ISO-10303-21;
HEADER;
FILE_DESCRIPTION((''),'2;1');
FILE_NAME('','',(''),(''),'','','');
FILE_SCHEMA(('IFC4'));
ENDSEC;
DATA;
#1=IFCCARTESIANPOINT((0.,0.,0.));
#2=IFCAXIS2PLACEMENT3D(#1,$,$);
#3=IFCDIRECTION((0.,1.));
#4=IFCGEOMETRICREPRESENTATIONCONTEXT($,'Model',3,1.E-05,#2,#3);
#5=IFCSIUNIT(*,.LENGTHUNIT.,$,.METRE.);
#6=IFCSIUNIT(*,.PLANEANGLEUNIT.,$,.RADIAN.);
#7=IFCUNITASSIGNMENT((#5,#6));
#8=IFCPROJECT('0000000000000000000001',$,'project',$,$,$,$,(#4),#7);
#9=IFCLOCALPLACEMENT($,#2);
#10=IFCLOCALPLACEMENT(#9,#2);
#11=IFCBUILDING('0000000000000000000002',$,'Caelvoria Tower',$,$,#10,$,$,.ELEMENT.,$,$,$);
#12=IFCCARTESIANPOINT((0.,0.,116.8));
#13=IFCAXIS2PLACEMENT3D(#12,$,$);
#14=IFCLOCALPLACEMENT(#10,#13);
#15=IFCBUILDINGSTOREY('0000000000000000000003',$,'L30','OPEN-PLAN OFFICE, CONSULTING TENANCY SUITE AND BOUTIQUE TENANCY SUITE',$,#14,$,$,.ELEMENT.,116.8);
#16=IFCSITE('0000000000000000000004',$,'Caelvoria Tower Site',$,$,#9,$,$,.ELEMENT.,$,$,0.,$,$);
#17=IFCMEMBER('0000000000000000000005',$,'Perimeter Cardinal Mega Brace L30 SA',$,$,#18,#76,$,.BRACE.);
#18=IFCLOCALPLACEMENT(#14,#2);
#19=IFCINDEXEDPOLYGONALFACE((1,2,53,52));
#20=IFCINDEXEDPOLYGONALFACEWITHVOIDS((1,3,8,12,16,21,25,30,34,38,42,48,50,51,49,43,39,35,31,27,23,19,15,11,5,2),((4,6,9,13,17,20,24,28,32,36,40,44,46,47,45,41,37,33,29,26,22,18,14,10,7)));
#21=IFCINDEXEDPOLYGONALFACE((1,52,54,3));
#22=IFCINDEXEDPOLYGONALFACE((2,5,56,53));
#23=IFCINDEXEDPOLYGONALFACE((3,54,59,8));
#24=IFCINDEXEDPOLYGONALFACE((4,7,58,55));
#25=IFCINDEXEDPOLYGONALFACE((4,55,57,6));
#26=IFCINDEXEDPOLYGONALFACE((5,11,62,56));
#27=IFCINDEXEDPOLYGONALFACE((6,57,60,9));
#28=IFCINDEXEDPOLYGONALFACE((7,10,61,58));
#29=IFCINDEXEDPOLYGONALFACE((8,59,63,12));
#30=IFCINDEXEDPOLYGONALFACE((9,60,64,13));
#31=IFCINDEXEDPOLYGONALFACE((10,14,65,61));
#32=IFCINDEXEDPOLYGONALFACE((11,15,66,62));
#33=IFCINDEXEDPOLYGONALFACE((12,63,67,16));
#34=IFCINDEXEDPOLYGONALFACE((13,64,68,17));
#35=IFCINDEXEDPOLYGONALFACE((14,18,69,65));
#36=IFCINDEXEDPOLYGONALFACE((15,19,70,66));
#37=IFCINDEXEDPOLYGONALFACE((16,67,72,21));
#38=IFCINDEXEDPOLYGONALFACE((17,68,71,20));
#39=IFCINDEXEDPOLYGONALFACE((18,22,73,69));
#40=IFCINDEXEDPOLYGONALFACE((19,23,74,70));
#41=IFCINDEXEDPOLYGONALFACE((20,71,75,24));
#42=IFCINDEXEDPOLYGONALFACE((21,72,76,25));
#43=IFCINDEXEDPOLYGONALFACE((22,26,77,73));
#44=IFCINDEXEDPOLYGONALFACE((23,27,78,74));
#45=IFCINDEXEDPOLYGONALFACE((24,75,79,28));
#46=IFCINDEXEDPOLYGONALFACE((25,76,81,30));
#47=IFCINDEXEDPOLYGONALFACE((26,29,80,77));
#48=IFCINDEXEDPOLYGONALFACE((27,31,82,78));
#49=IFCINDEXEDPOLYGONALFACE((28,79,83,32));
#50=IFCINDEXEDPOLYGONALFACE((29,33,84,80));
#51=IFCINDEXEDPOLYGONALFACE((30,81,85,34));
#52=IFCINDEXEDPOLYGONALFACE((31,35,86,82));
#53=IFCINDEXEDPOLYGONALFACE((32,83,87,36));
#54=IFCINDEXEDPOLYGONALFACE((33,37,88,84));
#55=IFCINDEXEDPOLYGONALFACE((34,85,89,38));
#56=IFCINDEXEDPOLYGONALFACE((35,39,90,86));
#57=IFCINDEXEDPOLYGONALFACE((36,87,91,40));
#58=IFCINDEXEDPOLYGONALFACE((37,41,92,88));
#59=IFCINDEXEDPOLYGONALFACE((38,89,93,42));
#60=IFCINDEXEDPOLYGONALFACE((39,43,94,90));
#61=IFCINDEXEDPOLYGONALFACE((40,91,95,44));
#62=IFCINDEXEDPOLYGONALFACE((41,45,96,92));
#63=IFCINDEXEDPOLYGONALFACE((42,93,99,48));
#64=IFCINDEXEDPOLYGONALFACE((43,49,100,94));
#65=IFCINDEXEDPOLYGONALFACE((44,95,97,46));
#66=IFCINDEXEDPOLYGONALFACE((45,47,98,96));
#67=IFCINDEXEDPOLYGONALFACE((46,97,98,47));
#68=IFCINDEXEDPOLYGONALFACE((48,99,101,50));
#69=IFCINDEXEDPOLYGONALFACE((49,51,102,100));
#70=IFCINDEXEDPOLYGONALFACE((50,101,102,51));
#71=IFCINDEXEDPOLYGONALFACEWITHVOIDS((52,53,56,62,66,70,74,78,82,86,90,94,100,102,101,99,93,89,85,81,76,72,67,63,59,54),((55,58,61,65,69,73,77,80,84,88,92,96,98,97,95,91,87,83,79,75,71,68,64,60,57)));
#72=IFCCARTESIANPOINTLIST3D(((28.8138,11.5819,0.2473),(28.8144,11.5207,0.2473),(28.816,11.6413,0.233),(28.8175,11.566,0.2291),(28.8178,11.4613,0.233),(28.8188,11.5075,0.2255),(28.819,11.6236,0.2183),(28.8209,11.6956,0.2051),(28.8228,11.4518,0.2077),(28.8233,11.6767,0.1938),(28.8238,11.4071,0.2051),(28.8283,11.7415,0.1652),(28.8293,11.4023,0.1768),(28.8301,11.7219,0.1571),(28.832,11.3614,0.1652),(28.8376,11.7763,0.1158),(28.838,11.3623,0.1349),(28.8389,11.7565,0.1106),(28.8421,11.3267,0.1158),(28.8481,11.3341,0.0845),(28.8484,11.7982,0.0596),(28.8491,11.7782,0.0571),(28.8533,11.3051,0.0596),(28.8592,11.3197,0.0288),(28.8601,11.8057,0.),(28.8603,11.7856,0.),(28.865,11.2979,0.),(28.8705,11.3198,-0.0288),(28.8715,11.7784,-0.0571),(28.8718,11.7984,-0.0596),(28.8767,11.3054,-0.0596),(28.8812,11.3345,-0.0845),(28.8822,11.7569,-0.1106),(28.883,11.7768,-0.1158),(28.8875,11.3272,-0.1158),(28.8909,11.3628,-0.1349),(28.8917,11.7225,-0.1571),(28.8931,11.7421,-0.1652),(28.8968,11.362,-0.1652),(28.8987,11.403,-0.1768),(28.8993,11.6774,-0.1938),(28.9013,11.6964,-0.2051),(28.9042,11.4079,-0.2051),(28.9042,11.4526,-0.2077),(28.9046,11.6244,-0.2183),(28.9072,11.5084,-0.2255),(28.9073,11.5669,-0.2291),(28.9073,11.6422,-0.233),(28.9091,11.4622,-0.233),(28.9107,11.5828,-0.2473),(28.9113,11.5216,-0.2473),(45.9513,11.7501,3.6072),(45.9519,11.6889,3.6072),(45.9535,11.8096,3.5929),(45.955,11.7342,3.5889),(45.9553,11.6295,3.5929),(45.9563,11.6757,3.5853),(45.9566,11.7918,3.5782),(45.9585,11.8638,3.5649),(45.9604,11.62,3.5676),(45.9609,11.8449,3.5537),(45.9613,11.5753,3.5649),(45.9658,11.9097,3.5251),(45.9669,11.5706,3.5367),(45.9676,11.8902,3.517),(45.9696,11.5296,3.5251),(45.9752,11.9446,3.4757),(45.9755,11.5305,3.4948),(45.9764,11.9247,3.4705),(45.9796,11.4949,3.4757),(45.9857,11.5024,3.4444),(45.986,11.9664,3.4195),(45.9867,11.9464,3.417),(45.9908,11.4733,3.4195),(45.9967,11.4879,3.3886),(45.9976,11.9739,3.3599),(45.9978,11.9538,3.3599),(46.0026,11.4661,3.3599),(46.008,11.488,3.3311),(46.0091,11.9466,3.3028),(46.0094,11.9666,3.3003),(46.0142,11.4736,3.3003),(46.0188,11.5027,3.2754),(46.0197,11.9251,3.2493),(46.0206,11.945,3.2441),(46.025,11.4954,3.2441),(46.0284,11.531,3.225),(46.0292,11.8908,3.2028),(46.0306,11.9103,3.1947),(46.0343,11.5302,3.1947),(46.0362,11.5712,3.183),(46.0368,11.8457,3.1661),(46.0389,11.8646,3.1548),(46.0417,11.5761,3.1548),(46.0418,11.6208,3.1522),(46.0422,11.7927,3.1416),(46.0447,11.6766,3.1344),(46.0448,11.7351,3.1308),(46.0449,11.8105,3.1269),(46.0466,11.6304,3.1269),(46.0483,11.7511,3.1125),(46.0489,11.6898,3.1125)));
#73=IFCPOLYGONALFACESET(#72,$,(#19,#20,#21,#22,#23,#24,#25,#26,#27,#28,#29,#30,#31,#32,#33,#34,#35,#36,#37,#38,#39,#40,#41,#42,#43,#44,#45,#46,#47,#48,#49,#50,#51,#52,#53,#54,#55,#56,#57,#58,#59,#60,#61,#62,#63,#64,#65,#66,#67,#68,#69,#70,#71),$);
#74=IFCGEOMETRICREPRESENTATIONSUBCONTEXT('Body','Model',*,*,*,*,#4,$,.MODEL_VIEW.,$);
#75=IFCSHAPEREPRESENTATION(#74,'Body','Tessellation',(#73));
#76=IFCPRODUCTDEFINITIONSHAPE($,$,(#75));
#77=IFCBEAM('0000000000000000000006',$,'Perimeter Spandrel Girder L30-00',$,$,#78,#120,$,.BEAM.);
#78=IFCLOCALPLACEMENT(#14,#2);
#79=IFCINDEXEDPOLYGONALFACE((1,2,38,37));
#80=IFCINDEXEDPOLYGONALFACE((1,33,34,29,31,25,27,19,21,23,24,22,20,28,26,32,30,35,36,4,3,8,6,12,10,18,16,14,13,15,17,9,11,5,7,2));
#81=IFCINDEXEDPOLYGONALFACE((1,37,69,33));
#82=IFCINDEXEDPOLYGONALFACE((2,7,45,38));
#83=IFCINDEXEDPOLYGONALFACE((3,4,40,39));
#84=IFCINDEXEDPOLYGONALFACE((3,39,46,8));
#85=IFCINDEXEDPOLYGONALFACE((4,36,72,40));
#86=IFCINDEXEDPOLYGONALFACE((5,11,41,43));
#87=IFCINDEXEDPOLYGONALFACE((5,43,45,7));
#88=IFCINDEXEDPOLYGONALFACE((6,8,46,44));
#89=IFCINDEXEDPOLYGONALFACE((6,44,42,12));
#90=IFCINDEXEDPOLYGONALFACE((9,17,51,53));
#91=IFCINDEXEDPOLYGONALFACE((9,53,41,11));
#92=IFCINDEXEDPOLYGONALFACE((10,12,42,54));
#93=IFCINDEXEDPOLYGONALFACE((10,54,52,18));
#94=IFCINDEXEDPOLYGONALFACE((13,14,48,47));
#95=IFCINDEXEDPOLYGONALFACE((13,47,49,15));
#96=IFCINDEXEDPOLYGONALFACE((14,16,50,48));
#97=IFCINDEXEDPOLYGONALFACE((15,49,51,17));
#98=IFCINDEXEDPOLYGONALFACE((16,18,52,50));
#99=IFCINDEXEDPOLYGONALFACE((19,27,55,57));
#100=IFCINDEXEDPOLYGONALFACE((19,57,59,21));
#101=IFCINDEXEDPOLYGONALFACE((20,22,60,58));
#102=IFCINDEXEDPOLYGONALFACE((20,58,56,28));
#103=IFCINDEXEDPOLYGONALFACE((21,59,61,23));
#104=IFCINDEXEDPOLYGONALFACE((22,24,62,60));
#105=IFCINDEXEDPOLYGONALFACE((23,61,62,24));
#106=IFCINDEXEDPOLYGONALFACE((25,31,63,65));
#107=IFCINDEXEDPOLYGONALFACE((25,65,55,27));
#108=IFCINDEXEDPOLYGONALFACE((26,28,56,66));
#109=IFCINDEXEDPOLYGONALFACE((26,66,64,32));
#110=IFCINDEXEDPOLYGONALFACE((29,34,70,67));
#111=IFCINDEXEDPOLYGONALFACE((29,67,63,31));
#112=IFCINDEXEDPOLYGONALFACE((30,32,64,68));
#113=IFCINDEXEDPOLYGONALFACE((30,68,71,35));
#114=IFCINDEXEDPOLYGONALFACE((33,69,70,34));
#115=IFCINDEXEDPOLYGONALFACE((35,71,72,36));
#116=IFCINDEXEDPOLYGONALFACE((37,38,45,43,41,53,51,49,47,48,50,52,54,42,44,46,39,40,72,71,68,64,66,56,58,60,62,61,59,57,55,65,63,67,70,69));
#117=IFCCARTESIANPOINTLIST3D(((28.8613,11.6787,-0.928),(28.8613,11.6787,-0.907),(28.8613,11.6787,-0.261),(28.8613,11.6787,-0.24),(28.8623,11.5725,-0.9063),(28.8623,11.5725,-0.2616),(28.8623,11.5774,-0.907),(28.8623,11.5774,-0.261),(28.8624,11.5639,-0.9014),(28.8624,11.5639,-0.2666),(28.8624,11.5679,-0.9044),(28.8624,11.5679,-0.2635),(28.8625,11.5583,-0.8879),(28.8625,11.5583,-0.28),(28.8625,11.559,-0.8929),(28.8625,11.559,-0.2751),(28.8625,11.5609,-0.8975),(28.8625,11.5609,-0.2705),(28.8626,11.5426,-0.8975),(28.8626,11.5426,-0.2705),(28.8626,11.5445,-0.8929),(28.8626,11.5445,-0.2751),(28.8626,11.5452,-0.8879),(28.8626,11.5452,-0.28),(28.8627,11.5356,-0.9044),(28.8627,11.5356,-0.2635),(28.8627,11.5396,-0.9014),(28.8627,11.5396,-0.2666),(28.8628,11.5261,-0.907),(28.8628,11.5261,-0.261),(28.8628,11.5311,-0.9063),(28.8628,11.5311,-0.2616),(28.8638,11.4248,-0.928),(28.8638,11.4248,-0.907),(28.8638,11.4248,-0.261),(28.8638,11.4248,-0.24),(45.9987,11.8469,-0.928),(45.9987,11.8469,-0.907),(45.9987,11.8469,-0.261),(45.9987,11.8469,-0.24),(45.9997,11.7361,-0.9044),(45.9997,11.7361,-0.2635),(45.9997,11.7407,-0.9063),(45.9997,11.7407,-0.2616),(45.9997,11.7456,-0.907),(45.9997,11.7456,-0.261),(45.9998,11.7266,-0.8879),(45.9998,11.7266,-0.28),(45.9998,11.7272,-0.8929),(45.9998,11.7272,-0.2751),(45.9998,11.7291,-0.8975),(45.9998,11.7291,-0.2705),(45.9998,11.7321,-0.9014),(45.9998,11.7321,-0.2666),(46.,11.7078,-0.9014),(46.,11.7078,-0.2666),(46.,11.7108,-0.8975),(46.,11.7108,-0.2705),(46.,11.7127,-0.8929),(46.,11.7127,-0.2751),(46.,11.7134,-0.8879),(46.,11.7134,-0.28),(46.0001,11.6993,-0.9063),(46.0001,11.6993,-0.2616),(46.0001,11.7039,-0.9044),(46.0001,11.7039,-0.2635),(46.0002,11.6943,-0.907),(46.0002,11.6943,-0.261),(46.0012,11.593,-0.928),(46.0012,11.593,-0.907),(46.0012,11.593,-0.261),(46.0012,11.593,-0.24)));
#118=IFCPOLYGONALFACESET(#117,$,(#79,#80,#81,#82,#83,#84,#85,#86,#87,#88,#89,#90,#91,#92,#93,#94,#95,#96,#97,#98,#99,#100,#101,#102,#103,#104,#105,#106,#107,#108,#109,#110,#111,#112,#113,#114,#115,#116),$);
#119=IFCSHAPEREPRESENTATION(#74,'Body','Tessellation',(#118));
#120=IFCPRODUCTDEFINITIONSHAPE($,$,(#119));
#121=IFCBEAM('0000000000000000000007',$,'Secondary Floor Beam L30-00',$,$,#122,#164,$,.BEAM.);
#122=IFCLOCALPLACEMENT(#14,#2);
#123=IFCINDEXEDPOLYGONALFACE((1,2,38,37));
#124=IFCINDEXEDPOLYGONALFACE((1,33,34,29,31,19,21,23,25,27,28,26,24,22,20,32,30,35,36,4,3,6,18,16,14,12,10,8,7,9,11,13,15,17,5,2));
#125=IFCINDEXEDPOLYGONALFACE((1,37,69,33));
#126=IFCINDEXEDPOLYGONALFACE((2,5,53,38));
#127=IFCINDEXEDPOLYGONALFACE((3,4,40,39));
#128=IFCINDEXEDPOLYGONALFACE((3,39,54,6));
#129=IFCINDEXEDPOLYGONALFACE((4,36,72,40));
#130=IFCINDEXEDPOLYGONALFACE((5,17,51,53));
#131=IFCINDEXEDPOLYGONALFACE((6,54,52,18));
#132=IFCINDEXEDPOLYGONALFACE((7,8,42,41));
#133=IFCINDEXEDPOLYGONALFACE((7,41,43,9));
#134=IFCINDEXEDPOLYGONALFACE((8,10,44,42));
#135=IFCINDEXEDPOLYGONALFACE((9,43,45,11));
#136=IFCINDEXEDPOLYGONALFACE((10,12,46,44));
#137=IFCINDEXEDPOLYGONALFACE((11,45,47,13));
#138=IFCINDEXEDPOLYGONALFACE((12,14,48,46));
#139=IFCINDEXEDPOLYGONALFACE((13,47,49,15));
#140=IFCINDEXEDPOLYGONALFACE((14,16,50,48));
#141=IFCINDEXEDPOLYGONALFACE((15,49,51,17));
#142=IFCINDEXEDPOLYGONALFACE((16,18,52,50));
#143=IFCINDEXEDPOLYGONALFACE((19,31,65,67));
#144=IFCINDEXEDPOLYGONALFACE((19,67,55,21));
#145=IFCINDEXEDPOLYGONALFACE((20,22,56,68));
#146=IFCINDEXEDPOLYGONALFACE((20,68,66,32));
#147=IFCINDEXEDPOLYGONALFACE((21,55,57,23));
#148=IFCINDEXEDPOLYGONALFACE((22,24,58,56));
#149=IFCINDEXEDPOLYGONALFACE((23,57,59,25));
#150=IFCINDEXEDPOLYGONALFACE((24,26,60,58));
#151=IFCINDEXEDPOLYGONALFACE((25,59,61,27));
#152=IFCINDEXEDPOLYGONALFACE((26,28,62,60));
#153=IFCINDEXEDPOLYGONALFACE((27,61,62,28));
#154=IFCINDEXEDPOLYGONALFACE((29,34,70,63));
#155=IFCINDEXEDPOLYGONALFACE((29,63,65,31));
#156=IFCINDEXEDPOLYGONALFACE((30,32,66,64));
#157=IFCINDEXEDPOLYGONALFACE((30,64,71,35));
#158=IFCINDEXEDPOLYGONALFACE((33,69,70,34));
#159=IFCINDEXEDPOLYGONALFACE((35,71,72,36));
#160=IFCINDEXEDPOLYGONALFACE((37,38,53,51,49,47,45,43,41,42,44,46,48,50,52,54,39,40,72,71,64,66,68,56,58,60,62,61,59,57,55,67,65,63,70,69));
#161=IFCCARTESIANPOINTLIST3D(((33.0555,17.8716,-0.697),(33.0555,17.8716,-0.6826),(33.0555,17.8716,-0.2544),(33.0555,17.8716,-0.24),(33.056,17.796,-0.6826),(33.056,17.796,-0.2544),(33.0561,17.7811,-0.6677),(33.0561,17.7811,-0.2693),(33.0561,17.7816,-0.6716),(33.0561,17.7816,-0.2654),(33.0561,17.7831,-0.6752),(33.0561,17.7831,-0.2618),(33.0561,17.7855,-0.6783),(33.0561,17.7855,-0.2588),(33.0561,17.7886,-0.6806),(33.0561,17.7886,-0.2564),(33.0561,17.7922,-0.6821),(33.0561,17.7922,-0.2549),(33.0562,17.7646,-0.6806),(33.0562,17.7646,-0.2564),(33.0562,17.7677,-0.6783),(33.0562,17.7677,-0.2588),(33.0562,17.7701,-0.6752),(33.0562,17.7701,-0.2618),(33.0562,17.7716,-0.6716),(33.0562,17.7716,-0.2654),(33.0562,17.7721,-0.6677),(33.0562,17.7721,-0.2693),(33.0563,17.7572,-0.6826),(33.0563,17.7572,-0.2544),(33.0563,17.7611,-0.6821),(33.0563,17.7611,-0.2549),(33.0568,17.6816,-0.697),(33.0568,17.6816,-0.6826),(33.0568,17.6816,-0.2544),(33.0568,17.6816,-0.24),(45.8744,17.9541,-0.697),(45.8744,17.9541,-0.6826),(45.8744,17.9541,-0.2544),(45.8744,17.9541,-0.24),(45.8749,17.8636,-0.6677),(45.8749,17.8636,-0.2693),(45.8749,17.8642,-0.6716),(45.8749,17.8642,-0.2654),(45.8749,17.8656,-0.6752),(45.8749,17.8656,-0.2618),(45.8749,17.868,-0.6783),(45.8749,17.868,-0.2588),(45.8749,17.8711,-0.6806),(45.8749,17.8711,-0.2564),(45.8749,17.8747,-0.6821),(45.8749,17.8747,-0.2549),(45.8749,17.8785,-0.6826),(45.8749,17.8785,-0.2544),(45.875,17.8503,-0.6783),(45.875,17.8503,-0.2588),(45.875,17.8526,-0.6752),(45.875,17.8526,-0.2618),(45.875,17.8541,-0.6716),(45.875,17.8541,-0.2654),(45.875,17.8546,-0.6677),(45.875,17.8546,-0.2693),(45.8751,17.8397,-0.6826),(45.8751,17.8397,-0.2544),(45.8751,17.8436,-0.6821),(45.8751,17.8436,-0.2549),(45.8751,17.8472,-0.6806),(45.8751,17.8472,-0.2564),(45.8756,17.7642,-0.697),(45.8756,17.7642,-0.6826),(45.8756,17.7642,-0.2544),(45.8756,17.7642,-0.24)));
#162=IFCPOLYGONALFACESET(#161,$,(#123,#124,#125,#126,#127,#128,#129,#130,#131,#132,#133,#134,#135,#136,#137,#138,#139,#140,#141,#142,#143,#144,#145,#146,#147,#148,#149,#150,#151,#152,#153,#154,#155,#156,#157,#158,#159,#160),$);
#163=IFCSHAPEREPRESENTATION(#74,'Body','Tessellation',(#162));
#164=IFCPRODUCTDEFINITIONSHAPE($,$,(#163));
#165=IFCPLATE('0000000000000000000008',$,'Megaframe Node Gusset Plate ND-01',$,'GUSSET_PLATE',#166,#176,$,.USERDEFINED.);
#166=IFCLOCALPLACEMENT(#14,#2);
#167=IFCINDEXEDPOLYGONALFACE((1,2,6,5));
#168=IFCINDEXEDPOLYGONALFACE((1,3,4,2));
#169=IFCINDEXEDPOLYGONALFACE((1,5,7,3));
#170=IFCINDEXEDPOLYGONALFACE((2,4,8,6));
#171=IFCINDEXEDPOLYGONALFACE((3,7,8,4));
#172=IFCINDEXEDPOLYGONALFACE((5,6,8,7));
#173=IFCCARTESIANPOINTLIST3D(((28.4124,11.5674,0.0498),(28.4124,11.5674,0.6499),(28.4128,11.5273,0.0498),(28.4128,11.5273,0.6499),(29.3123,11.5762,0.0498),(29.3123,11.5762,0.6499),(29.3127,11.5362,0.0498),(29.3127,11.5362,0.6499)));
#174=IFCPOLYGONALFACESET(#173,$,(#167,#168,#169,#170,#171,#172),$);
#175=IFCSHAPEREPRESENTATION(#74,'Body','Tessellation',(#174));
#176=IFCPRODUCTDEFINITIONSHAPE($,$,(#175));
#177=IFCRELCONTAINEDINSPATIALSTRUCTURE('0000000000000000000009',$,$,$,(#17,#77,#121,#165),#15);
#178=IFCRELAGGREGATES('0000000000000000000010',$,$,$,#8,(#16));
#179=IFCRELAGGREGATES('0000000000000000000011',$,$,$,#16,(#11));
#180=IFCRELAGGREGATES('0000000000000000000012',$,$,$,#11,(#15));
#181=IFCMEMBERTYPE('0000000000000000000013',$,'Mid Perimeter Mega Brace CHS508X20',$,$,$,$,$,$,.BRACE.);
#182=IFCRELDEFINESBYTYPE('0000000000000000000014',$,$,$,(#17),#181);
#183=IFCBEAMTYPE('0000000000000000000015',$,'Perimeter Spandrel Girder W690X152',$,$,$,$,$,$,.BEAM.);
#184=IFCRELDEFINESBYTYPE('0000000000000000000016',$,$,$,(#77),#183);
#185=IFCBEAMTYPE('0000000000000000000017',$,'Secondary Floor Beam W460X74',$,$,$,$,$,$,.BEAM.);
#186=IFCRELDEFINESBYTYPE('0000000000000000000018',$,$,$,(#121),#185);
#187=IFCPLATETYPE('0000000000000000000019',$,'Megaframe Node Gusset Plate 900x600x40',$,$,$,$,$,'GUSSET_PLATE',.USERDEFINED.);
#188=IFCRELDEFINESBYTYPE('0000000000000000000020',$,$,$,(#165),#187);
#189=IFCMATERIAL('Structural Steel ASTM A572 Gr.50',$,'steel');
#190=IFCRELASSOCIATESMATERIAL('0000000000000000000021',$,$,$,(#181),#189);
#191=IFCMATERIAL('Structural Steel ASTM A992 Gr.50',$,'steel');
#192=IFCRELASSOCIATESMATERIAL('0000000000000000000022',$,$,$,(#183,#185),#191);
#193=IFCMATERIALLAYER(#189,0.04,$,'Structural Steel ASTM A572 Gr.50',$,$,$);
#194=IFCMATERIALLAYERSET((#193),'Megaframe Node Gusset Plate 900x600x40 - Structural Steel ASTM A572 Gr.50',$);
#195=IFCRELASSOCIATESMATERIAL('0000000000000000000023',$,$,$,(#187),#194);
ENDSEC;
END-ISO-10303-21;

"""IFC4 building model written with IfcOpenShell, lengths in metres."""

from ifc_helpers import new_model, si_unit, direction, frame, origin, origin_2d, place, context, subcontext, project, spatial, rectangle, hollow_circle, i_section, extrude, material, layer, layer_set, material_profile, profile_set, type_object, element, save


model = new_model("IFC4")

# Units and contexts
model_context = context("Model", 3, precision=1e-05, world=origin(), true_north=direction((0.0, 1.0)))
body_context = subcontext(model_context, "Body", "Model", "MODEL_VIEW")
ifc_project = project(units=[si_unit("LENGTHUNIT", "METRE"), si_unit("PLANEANGLEUNIT", "RADIAN")], contexts=[model_context])

# Site, building, storey
site_placement = place(None, origin())
site = spatial("IfcSite", under=ifc_project, at=site_placement, Name="Caelvoria Tower Site", CompositionType="ELEMENT", RefElevation=0.0)
building_placement = place(site_placement, origin())
building = spatial("IfcBuilding", under=site, at=building_placement, Name="Caelvoria Tower", CompositionType="ELEMENT")
storey_placement = place(building_placement, frame((0.0, 0.0, 116.8)))
storey = spatial("IfcBuildingStorey", under=building, at=storey_placement, Name="L30", Description="OPEN-PLAN OFFICE, CONSULTING TENANCY SUITE AND BOUTIQUE TENANCY SUITE", CompositionType="ELEMENT", Elevation=116.8)

# Member
ifc_material_1 = material(Name="Structural Steel ASTM A572 Gr.50", Category="steel")
ifc_material_profile_1 = material_profile(ifc_material_1, hollow_circle(Radius=0.2539, WallThickness=0.02, at=origin_2d()), Name="Structural Steel ASTM A572 Gr.50")
ifc_profile_set_1 = profile_set([ifc_material_profile_1], Name="CHS508X20 - Structural Steel ASTM A572 Gr.50")
member_type = type_object("IfcMemberType", Name="Mid Perimeter Mega Brace CHS508X20", PredefinedType="BRACE", material=ifc_profile_set_1)
member_placement = place(storey_placement, frame((28.8625, 11.5518, 0.0), z_axis=(0.981273, 0.009632, 0.192382), x_axis=(-0.009815, 0.999952, 0.0)))
element("IfcMember", 1, at=member_placement, inside=storey, type_object=member_type, Name="Perimeter Cardinal Mega Brace L30 SA", PredefinedType="BRACE", context=body_context, shape_type="SweptSolid", body=[
    extrude(hollow_circle(Radius=0.2539, WallThickness=0.02, at=origin_2d()), origin(), (0.0, 0.0, 1.0), 17.4646),
])

# Beams
ifc_material_2 = material(Name="Structural Steel ASTM A992 Gr.50", Category="steel")
ifc_material_profile_2 = material_profile(ifc_material_2, i_section(OverallWidth=0.2539, OverallDepth=0.688, WebThickness=0.0132, FlangeThickness=0.021, FilletRadius=0.019, at=origin_2d()), Name="Structural Steel ASTM A992 Gr.50")
ifc_profile_set_2 = profile_set([ifc_material_profile_2], Name="W690X152 - Structural Steel ASTM A992 Gr.50")
beam_type_1 = type_object("IfcBeamType", Name="Perimeter Spandrel Girder W690X152", PredefinedType="BEAM", material=ifc_profile_set_2)
beam_1_placement = place(storey_placement, frame((28.8625, 11.5518, -0.584), z_axis=(0.999952, 0.009815, 0.0), x_axis=(-0.009815, 0.999952, 0.0)))
element("IfcBeam", 2, at=beam_1_placement, inside=storey, type_object=beam_type_1, Name="Perimeter Spandrel Girder L30-00", PredefinedType="BEAM", context=body_context, shape_type="SweptSolid", body=[
    extrude(i_section(OverallWidth=0.2539, OverallDepth=0.688, WebThickness=0.0132, FlangeThickness=0.021, FilletRadius=0.019, at=origin_2d()), origin(), (0.0, 0.0, 1.0), 17.1382),
])
ifc_material_profile_3 = material_profile(ifc_material_2, i_section(OverallWidth=0.1899, OverallDepth=0.457, WebThickness=0.009, FlangeThickness=0.0144, FilletRadius=0.0149, at=origin_2d()), Name="Structural Steel ASTM A992 Gr.50")
ifc_profile_set_3 = profile_set([ifc_material_profile_3], Name="W460X74 - Structural Steel ASTM A992 Gr.50")
beam_type_2 = type_object("IfcBeamType", Name="Secondary Floor Beam W460X74", PredefinedType="BEAM", material=ifc_profile_set_3)
beam_2_placement = place(storey_placement, frame((33.0562, 17.7766, -0.4685), z_axis=(0.999979, 0.006437, 0.0), x_axis=(-0.006437, 0.999979, 0.0)))
element("IfcBeam", 3, at=beam_2_placement, inside=storey, type_object=beam_type_2, Name="Secondary Floor Beam L30-00", PredefinedType="BEAM", context=body_context, shape_type="SweptSolid", body=[
    extrude(i_section(OverallWidth=0.1899, OverallDepth=0.457, WebThickness=0.009, FlangeThickness=0.0144, FilletRadius=0.0149, at=origin_2d()), origin(), (0.0, 0.0, 1.0), 12.8191),
])

# Plate
ifc_layer_1 = layer(ifc_material_1, 0.04, Name="Structural Steel ASTM A572 Gr.50")
ifc_layer_set_1 = layer_set([ifc_layer_1], Name="Megaframe Node Gusset Plate 900x600x40 - Structural Steel ASTM A572 Gr.50")
plate_type = type_object("IfcPlateType", Name="Megaframe Node Gusset Plate 900x600x40", ElementType="GUSSET_PLATE", PredefinedType="USERDEFINED", material=ifc_layer_set_1)
plate_placement = place(storey_placement, frame((28.8625, 11.5518, 0.0498), z_axis=(0.0, 0.0, 1.0), x_axis=(0.999952, 0.009814, 0.0)))
element("IfcPlate", 4, at=plate_placement, inside=storey, type_object=plate_type, Name="Megaframe Node Gusset Plate ND-01", ObjectType="GUSSET_PLATE", PredefinedType="USERDEFINED", context=body_context, shape_type="SweptSolid", body=[
    extrude(rectangle(XDim=0.8999, YDim=0.04, at=origin_2d()), origin(), (0.0, 0.0, 1.0), 0.6001),
])

save(model, "model.ifc")
